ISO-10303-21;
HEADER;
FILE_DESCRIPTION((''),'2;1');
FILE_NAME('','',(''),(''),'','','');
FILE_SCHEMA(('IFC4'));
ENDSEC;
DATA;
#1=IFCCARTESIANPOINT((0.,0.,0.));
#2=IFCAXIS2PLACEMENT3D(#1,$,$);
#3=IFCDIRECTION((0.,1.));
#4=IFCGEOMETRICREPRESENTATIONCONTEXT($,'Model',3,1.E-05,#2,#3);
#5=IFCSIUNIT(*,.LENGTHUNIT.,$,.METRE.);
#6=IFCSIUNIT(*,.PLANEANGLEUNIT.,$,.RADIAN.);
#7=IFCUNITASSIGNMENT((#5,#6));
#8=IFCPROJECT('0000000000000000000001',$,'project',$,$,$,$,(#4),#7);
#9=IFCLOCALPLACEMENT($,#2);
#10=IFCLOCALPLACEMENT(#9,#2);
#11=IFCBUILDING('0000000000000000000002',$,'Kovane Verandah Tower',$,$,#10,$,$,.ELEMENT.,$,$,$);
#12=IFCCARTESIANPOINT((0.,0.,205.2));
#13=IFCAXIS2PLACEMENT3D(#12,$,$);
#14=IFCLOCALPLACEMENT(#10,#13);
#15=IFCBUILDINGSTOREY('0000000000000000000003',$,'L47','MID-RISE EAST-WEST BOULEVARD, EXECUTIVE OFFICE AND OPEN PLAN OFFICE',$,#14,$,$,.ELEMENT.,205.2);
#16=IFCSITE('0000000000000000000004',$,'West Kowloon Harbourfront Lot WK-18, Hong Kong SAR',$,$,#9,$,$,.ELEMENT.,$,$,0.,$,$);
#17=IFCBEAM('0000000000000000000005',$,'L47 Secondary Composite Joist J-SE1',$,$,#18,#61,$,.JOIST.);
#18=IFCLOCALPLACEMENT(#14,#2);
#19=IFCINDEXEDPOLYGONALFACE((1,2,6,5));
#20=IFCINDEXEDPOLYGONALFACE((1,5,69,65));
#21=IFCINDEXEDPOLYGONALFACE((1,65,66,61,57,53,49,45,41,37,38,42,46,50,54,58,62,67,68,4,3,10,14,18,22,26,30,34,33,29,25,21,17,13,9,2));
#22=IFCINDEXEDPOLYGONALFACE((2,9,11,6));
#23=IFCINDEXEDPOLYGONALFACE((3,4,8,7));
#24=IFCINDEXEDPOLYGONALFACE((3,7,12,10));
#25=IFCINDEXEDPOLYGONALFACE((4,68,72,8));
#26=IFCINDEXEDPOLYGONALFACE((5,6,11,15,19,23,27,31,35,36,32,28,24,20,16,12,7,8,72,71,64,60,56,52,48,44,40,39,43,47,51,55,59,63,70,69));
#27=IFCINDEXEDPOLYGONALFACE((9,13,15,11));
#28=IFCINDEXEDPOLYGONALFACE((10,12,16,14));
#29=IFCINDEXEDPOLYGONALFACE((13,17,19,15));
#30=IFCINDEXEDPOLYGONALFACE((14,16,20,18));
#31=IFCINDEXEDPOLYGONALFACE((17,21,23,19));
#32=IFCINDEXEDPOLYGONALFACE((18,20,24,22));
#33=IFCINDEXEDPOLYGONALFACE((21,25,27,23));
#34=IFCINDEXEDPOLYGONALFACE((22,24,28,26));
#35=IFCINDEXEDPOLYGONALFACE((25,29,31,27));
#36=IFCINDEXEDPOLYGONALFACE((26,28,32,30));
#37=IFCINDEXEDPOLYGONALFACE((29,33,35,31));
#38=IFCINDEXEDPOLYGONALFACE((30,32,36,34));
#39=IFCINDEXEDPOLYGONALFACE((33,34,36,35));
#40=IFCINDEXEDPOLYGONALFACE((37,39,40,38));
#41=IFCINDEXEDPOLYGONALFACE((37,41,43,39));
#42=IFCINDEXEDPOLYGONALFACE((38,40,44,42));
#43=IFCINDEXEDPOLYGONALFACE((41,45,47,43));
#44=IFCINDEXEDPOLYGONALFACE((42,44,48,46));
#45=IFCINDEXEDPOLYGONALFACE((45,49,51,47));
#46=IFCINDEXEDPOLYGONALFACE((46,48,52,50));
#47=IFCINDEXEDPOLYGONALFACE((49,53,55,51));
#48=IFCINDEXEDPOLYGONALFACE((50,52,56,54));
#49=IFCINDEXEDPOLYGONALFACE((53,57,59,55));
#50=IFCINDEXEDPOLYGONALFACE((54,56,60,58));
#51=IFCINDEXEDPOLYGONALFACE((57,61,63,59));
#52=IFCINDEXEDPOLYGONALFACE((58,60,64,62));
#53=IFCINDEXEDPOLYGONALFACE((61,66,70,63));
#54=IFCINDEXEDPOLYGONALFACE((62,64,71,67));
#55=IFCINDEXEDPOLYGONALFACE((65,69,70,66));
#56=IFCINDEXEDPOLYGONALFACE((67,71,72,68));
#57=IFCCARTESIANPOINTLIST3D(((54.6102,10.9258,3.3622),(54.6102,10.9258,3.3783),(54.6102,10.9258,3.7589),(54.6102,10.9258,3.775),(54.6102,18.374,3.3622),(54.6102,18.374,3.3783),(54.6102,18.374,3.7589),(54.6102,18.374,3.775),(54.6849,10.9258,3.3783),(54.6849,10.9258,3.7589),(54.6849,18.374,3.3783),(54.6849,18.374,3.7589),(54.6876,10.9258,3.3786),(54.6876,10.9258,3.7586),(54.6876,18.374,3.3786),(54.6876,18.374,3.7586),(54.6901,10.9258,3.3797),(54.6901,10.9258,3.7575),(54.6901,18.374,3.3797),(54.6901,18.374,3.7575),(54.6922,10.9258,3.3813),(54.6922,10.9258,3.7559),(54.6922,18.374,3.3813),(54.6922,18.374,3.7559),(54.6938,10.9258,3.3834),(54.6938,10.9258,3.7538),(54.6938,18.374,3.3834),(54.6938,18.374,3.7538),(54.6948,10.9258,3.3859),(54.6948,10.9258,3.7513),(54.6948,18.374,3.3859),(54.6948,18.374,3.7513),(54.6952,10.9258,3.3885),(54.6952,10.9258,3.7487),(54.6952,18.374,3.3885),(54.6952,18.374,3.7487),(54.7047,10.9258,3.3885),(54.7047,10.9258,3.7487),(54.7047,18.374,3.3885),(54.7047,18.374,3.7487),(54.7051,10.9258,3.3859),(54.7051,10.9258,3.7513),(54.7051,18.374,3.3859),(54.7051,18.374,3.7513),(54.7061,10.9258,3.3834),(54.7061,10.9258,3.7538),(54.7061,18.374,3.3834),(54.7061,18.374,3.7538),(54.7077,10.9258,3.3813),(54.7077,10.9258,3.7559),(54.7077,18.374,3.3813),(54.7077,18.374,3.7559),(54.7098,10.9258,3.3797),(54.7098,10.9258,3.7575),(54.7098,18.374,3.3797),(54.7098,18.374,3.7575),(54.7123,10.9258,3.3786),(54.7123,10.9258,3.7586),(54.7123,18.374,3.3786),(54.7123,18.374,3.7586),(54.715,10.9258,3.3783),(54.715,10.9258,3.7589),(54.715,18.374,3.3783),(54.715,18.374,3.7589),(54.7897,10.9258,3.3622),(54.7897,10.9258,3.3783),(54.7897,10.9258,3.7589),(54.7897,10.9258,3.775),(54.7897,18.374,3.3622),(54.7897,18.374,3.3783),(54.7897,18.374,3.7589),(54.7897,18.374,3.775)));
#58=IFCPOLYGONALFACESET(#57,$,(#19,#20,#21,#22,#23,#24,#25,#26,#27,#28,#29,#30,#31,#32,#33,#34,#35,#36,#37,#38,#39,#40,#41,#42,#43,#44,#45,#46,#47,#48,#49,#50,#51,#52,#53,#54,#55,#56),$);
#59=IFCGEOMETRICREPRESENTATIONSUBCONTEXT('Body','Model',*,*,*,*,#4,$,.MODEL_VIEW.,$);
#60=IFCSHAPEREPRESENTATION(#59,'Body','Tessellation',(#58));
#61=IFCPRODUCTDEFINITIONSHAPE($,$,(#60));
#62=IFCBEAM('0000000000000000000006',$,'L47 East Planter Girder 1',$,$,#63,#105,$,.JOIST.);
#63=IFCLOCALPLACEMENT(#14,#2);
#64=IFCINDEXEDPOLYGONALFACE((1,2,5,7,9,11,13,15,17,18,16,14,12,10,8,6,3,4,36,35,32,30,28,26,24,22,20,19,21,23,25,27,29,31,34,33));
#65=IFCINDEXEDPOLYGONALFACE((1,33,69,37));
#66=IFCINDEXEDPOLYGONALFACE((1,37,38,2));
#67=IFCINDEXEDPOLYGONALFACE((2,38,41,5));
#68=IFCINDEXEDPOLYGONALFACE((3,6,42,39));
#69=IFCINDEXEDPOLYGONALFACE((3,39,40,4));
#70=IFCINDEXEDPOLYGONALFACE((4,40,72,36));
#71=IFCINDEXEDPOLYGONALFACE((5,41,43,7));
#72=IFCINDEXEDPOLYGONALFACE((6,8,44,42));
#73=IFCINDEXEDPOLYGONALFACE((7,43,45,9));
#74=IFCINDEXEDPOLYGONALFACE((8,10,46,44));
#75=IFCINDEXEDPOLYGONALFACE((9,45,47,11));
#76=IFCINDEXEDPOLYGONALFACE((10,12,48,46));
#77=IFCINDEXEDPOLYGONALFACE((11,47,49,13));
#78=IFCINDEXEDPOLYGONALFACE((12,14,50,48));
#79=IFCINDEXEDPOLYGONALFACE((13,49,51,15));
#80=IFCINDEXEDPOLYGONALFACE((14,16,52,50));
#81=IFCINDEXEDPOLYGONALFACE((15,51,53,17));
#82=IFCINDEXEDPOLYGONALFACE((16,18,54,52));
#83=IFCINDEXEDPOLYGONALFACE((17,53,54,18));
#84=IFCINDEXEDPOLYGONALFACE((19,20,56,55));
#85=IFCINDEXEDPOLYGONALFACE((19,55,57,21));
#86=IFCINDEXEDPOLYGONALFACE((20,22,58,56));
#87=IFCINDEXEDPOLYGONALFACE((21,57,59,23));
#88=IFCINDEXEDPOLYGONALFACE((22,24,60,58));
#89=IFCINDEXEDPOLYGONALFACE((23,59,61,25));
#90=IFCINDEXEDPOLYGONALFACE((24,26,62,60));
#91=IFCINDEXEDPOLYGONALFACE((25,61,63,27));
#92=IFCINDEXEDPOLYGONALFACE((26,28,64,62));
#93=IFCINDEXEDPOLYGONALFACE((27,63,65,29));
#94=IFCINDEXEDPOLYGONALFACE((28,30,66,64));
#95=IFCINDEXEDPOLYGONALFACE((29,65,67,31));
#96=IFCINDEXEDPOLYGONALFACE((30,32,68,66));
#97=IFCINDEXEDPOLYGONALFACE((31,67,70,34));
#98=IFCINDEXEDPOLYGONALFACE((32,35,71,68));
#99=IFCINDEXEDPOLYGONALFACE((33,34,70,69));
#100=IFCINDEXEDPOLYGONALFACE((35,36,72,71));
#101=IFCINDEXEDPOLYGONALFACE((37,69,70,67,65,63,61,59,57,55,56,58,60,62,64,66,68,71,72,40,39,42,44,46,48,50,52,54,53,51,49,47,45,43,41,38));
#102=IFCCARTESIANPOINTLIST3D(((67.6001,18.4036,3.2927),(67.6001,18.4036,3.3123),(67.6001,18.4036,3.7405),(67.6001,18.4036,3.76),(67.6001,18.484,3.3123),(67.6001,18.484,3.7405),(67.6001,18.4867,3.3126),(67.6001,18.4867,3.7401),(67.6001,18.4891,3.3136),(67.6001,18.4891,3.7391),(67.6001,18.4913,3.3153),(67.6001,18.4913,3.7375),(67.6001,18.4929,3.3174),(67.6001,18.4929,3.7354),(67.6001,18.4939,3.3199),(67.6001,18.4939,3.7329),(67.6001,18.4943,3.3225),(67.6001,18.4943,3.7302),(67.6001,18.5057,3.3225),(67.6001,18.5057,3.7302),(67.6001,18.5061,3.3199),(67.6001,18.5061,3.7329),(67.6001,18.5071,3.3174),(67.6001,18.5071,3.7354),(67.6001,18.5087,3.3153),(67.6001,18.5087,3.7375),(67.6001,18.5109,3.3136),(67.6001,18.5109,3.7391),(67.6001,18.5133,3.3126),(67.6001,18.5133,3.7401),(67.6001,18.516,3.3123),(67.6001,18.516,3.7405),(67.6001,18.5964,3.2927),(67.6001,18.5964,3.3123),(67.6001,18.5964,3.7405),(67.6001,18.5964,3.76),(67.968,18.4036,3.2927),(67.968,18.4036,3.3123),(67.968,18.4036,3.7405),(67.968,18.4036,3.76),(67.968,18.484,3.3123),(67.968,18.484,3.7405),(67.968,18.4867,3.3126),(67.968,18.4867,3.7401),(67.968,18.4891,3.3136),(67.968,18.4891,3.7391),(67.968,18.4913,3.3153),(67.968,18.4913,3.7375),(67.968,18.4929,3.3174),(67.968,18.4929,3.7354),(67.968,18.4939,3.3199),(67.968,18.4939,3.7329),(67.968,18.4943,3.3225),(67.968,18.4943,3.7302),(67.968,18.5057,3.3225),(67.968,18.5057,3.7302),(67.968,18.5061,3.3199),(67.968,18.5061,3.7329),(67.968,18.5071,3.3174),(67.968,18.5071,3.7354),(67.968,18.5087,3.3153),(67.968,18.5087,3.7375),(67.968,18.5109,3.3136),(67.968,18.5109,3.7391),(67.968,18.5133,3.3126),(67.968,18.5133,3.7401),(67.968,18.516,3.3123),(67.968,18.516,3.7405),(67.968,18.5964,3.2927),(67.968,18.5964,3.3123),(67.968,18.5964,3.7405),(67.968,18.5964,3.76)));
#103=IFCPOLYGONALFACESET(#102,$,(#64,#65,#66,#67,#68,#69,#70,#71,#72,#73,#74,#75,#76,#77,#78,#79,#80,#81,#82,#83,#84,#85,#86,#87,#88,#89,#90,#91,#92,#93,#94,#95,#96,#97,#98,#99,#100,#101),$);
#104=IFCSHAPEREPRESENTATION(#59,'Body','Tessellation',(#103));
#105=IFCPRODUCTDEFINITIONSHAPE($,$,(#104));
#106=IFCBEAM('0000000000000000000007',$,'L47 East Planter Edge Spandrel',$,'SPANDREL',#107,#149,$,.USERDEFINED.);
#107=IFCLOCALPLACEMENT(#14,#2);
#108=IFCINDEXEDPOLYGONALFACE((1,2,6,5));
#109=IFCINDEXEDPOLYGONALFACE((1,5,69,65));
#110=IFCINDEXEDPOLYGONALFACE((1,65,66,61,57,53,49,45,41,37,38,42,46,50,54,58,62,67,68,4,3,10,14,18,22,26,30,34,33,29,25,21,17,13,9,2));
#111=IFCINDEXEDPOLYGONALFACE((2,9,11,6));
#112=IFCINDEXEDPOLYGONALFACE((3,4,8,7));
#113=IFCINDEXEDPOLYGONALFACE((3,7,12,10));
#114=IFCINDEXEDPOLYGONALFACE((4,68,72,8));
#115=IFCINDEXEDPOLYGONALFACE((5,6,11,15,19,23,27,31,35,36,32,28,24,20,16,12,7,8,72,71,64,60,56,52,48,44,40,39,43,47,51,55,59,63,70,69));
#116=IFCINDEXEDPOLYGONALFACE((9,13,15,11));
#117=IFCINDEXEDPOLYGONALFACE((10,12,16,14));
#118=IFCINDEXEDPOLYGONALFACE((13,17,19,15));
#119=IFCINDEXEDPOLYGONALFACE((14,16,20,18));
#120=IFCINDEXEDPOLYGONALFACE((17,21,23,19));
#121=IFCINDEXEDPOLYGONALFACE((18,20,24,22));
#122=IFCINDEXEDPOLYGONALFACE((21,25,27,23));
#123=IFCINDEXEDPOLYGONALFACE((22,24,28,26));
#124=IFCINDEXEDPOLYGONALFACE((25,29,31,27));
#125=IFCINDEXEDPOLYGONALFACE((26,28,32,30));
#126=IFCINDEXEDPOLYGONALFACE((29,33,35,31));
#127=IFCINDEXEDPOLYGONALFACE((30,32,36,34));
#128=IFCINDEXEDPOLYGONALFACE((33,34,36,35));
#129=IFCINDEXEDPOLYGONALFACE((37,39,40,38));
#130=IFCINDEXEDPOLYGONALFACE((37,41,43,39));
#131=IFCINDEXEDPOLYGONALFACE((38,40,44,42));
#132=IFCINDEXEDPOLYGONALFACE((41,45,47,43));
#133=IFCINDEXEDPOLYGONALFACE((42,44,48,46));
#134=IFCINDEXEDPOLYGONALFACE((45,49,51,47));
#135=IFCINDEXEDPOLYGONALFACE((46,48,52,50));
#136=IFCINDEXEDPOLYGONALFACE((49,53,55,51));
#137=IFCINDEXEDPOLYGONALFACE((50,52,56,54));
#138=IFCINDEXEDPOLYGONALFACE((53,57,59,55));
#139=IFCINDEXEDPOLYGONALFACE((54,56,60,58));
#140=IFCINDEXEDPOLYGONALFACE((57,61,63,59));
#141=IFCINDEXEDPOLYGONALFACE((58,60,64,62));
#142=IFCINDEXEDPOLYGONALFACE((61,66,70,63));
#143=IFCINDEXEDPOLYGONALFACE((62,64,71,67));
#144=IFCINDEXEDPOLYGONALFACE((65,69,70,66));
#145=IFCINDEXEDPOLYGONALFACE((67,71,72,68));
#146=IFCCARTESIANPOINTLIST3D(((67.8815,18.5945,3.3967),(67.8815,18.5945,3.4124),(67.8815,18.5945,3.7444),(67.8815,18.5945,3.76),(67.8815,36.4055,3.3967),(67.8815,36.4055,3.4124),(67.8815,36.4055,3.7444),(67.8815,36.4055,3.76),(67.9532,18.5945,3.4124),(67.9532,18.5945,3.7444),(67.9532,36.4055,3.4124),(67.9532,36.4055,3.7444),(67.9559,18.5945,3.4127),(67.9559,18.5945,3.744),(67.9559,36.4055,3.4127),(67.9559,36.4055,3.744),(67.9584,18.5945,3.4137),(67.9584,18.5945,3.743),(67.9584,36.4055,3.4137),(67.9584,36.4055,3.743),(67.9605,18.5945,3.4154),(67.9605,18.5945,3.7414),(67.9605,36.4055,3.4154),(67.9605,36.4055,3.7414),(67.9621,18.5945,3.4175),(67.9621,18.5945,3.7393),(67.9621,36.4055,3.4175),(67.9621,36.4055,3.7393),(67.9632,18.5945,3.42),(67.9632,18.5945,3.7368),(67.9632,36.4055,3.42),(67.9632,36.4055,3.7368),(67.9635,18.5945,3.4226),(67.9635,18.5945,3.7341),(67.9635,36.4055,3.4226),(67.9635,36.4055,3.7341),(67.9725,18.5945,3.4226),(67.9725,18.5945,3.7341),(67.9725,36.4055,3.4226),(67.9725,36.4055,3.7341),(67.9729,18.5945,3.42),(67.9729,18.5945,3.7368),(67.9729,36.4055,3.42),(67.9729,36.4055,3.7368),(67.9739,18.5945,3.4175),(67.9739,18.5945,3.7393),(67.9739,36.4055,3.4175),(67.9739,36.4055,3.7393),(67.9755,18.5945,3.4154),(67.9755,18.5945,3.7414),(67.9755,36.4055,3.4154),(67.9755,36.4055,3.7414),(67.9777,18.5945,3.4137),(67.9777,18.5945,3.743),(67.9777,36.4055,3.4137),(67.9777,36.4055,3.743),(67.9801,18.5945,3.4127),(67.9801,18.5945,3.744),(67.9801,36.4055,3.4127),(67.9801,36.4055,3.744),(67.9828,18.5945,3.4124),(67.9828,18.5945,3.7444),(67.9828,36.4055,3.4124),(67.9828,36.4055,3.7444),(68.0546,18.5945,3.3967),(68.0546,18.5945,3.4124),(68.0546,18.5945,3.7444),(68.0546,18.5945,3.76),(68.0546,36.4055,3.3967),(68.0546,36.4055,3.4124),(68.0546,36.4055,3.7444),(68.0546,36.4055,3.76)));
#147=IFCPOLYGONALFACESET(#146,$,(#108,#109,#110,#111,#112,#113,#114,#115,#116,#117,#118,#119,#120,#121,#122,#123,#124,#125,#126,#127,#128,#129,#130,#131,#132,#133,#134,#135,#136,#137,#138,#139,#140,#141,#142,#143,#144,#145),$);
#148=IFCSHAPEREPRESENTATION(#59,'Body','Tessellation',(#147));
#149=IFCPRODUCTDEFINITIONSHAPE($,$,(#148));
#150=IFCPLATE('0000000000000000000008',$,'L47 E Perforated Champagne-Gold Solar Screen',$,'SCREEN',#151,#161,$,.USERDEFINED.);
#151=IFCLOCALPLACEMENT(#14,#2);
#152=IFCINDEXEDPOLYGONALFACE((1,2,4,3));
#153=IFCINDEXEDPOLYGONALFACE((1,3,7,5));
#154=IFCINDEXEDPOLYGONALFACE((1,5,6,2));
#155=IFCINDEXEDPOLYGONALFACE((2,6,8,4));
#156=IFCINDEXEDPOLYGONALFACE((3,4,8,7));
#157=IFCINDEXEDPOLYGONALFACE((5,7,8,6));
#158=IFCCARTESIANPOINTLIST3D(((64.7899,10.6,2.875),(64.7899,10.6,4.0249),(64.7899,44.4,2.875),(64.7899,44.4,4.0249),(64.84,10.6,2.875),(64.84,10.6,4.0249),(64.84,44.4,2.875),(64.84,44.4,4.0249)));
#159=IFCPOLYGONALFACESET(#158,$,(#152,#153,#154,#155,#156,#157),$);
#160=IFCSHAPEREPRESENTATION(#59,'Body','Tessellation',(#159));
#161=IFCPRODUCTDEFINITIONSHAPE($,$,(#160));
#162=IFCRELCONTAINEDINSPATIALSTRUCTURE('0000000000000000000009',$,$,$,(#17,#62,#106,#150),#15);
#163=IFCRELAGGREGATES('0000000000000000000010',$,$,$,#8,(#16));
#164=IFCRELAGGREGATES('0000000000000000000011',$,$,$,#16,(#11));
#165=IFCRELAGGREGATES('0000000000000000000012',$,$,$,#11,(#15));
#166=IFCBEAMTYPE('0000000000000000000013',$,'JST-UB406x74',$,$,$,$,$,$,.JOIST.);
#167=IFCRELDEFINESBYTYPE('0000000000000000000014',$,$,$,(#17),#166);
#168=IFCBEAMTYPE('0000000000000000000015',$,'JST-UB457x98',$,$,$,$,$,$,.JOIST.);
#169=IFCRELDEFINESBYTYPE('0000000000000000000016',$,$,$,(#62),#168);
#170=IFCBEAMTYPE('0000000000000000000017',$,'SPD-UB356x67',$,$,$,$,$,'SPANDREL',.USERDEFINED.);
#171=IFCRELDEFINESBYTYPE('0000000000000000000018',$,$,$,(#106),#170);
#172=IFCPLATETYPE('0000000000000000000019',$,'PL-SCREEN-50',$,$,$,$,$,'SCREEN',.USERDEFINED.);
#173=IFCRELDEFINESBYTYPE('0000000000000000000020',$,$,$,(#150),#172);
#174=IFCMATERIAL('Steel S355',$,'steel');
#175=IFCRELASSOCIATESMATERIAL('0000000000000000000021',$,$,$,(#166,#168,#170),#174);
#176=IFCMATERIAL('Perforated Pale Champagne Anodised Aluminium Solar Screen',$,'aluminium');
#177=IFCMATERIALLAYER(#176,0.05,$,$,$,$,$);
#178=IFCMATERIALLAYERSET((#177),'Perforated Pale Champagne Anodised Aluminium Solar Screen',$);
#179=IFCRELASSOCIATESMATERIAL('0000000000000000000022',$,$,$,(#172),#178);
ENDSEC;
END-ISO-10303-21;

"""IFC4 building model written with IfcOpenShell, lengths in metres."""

from ifc_helpers import new_model, si_unit, direction, frame, origin, origin_2d, place, context, subcontext, project, spatial, rectangle, i_section, extrude, material, layer, layer_set, material_profile, profile_set, type_object, element, save


model = new_model("IFC4")

# Units and contexts
model_context = context("Model", 3, precision=1e-05, world=origin(), true_north=direction((0.0, 1.0)))
body_context = subcontext(model_context, "Body", "Model", "MODEL_VIEW")
ifc_project = project(units=[si_unit("LENGTHUNIT", "METRE"), si_unit("PLANEANGLEUNIT", "RADIAN")], contexts=[model_context])

# Site, building, storey
site_placement = place(None, origin())
site = spatial("IfcSite", under=ifc_project, at=site_placement, Name="West Kowloon Harbourfront Lot WK-18, Hong Kong SAR", CompositionType="ELEMENT", RefElevation=0.0)
building_placement = place(site_placement, origin())
building = spatial("IfcBuilding", under=site, at=building_placement, Name="Kovane Verandah Tower", CompositionType="ELEMENT")
storey_placement = place(building_placement, frame((0.0, 0.0, 205.2)))
storey = spatial("IfcBuildingStorey", under=building, at=storey_placement, Name="L47", Description="MID-RISE EAST-WEST BOULEVARD, EXECUTIVE OFFICE AND OPEN PLAN OFFICE", CompositionType="ELEMENT", Elevation=205.2)

# Beams
ifc_material_1 = material(Name="Steel S355", Category="steel")
ifc_material_profile_1 = material_profile(ifc_material_1, i_section(OverallWidth=0.1794, OverallDepth=0.4128, WebThickness=0.0095, FlangeThickness=0.0161, FilletRadius=0.0103, at=origin_2d()), Name="UB406x178x74")
ifc_profile_set_1 = profile_set([ifc_material_profile_1], Name="Steel S355")
beam_type_1 = type_object("IfcBeamType", Name="JST-UB406x74", PredefinedType="JOIST", material=ifc_profile_set_1)
beam_1_placement = place(storey_placement, frame((54.7, 10.9258, 3.5686), z_axis=(0.0, 1.0, 0.0), x_axis=(-1.0, 0.0, 0.0)))
element("IfcBeam", 1, at=beam_1_placement, inside=storey, type_object=beam_type_1, Name="L47 Secondary Composite Joist J-SE1", PredefinedType="JOIST", context=body_context, shape_type="SweptSolid", body=[
    extrude(i_section(OverallWidth=0.1794, OverallDepth=0.4128, WebThickness=0.0095, FlangeThickness=0.0161, FilletRadius=0.0103, at=origin_2d()), origin(), (0.0, 0.0, 1.0), 7.4482),
])
ifc_material_profile_2 = material_profile(ifc_material_1, i_section(OverallWidth=0.1929, OverallDepth=0.4673, WebThickness=0.0115, FlangeThickness=0.0195, FilletRadius=0.0103, at=origin_2d()), Name="UB457x191x98")
ifc_profile_set_2 = profile_set([ifc_material_profile_2], Name="Steel S355")
beam_type_2 = type_object("IfcBeamType", Name="JST-UB457x98", PredefinedType="JOIST", material=ifc_profile_set_2)
beam_2_placement = place(storey_placement, frame((67.6001, 18.5, 3.5264), z_axis=(1.0, 0.0, 0.0), x_axis=(0.0, 1.0, 0.0)))
element("IfcBeam", 2, at=beam_2_placement, inside=storey, type_object=beam_type_2, Name="L47 East Planter Girder 1", PredefinedType="JOIST", context=body_context, shape_type="SweptSolid", body=[
    extrude(i_section(OverallWidth=0.1929, OverallDepth=0.4673, WebThickness=0.0115, FlangeThickness=0.0195, FilletRadius=0.0103, at=origin_2d()), origin(), (0.0, 0.0, 1.0), 0.3679),
])
ifc_material_profile_3 = material_profile(ifc_material_1, i_section(OverallWidth=0.1731, OverallDepth=0.3633, WebThickness=0.009, FlangeThickness=0.0156, FilletRadius=0.0103, at=origin_2d()), Name="UB356x171x67")
ifc_profile_set_3 = profile_set([ifc_material_profile_3], Name="Steel S355")
beam_type_3 = type_object("IfcBeamType", Name="SPD-UB356x67", ElementType="SPANDREL", PredefinedType="USERDEFINED", material=ifc_profile_set_3)
beam_3_placement = place(storey_placement, frame((67.968, 18.5945, 3.5784), z_axis=(0.0, 1.0, 0.0), x_axis=(-1.0, 0.0, 0.0)))
element("IfcBeam", 3, at=beam_3_placement, inside=storey, type_object=beam_type_3, Name="L47 East Planter Edge Spandrel", ObjectType="SPANDREL", PredefinedType="USERDEFINED", context=body_context, shape_type="SweptSolid", body=[
    extrude(i_section(OverallWidth=0.1731, OverallDepth=0.3633, WebThickness=0.009, FlangeThickness=0.0156, FilletRadius=0.0103, at=origin_2d()), origin(), (0.0, 0.0, 1.0), 17.811),
])

# Plate
ifc_material_2 = material(Name="Perforated Pale Champagne Anodised Aluminium Solar Screen", Category="aluminium")
ifc_layer_1 = layer(ifc_material_2, 0.05)
ifc_layer_set_1 = layer_set([ifc_layer_1], Name="Perforated Pale Champagne Anodised Aluminium Solar Screen")
plate_type = type_object("IfcPlateType", Name="PL-SCREEN-50", ElementType="SCREEN", PredefinedType="USERDEFINED", material=ifc_layer_set_1)
plate_placement = place(storey_placement, frame((64.8149, 27.5, 2.875), z_axis=(0.0, 0.0, 1.0), x_axis=(0.0, 1.0, 0.0)))
element("IfcPlate", 4, at=plate_placement, inside=storey, type_object=plate_type, Name="L47 E Perforated Champagne-Gold Solar Screen", ObjectType="SCREEN", PredefinedType="USERDEFINED", context=body_context, shape_type="SweptSolid", body=[
    extrude(rectangle(XDim=33.8, YDim=0.05, at=origin_2d()), origin(), (0.0, 0.0, 1.0), 1.1499),
])

save(model, "model.ifc")
